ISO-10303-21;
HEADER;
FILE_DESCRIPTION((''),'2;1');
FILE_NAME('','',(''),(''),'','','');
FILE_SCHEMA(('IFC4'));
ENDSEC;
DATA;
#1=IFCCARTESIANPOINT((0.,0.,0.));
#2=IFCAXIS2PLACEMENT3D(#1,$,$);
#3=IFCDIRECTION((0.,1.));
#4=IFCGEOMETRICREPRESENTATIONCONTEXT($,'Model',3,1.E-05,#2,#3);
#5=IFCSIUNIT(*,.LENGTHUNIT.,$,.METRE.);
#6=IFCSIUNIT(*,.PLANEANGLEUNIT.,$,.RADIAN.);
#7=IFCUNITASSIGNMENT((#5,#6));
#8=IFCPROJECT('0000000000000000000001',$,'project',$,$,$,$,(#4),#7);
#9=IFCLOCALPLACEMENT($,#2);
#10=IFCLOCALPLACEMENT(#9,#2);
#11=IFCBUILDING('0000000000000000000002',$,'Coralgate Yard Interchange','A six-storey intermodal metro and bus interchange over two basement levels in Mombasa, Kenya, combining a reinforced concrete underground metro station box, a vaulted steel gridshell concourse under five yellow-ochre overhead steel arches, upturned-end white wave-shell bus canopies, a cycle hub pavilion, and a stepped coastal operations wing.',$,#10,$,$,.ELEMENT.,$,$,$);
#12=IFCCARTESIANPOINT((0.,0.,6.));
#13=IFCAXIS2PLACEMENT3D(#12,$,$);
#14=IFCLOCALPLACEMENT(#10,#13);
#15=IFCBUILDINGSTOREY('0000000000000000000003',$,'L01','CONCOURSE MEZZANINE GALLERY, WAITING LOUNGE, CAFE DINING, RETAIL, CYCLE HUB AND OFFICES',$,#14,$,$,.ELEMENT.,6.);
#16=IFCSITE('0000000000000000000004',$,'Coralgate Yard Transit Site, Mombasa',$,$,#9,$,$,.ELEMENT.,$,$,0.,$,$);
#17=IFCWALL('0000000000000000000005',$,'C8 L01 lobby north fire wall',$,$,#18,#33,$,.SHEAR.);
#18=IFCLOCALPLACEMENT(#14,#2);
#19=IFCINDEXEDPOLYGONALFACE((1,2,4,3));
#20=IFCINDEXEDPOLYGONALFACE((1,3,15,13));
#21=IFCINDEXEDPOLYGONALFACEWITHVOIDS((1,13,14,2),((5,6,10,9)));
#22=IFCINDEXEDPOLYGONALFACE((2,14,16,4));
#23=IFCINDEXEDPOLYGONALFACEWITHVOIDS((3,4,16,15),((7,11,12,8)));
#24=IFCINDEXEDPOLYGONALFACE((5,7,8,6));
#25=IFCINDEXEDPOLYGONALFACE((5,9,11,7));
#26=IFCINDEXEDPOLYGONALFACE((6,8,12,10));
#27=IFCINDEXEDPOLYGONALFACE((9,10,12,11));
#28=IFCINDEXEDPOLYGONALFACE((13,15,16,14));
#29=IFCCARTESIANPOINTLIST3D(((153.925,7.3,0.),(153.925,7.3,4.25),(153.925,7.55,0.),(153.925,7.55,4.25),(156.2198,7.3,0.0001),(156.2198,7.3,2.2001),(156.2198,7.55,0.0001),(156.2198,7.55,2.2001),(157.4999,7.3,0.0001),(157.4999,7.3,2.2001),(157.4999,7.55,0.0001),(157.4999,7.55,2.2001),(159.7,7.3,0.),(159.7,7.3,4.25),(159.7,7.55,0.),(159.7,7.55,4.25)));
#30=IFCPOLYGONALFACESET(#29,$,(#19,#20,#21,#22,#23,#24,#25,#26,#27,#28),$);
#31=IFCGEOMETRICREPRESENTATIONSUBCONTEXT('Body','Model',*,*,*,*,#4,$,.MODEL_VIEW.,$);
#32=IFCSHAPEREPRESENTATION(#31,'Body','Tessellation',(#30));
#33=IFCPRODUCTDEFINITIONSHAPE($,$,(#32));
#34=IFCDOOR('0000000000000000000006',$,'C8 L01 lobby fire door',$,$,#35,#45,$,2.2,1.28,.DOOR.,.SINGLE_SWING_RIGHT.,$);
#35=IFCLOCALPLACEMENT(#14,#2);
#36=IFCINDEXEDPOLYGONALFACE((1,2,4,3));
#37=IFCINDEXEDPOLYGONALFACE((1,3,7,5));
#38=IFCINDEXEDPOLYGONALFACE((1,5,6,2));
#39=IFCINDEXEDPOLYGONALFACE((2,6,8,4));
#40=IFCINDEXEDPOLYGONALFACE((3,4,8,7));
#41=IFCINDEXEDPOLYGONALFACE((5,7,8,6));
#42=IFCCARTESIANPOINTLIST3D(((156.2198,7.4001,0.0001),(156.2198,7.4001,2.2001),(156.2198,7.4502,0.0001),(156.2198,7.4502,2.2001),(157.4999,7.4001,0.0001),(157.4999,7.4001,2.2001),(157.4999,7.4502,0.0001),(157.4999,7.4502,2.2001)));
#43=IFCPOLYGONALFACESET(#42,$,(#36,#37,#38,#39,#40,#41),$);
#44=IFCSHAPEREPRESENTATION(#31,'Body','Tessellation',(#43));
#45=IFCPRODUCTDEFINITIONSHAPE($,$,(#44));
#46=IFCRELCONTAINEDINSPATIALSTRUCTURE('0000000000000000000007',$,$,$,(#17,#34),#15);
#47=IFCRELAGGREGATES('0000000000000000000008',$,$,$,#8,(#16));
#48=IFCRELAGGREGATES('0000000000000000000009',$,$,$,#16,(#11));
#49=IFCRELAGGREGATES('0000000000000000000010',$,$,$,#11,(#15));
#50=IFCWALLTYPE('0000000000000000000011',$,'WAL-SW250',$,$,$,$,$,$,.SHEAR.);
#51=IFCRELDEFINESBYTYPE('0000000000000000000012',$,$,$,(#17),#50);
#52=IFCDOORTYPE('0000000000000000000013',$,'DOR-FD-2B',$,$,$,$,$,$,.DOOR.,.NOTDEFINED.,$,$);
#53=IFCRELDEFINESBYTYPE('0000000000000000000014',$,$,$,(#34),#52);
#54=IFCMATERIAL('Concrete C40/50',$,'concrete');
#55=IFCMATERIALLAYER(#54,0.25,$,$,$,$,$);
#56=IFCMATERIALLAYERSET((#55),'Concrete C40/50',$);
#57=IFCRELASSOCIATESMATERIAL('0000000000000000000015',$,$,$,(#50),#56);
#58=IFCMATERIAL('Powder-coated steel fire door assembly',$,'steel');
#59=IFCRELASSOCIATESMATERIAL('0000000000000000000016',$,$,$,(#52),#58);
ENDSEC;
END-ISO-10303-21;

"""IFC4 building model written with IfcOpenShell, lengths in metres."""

from ifc_helpers import new_model, si_unit, direction, frame, frame_2d, origin, place, context, subcontext, project, spatial, rectangle, extrude, material, layer, layer_set, type_object, element, fill, save


model = new_model("IFC4")

# Units and contexts
model_context = context("Model", 3, precision=1e-05, world=origin(), true_north=direction((0.0, 1.0)))
body_context = subcontext(model_context, "Body", "Model", "MODEL_VIEW")
ifc_project = project(units=[si_unit("LENGTHUNIT", "METRE"), si_unit("PLANEANGLEUNIT", "RADIAN")], contexts=[model_context])

# Site, building, storey
site_placement = place(None, origin())
site = spatial("IfcSite", under=ifc_project, at=site_placement, Name="Coralgate Yard Transit Site, Mombasa", CompositionType="ELEMENT", RefElevation=0.0)
building_placement = place(site_placement, origin())
building = spatial("IfcBuilding", under=site, at=building_placement, Name="Coralgate Yard Interchange", Description="A six-storey intermodal metro and bus interchange over two basement levels in Mombasa, Kenya, combining a reinforced concrete underground metro station box, a vaulted steel gridshell concourse under five yellow-ochre overhead steel arches, upturned-end white wave-shell bus canopies, a cycle hub pavilion, and a stepped coastal operations wing.", CompositionType="ELEMENT")
storey_placement = place(building_placement, frame((0.0, 0.0, 6.0)))
storey = spatial("IfcBuildingStorey", under=building, at=storey_placement, Name="L01", Description="CONCOURSE MEZZANINE GALLERY, WAITING LOUNGE, CAFE DINING, RETAIL, CYCLE HUB AND OFFICES", CompositionType="ELEMENT", Elevation=6.0)

# Shared definitions
ifc_material_1 = material(Name="Concrete C40/50", Category="concrete")
ifc_material_2 = material(Name="Powder-coated steel fire door assembly", Category="steel")

# Wall, opening, door
ifc_layer_1 = layer(ifc_material_1, 0.25)
ifc_layer_set_1 = layer_set([ifc_layer_1], Name="Concrete C40/50")
wall_type_1 = type_object("IfcWallType", Name="WAL-SW250", PredefinedType="SHEAR", material=ifc_layer_set_1)
wall_1_placement = place(storey_placement, frame((159.7, 7.425, 0.0), z_axis=(0.0, 0.0, 1.0), x_axis=(-1.0, 0.0, 0.0)))
wall_1 = element("IfcWall", 1, at=wall_1_placement, inside=storey, type_object=wall_type_1, Name="C8 L01 lobby north fire wall", PredefinedType="SHEAR", context=body_context, shape_type="SweptSolid", body=[
    extrude(rectangle(XDim=5.7749, YDim=0.25, at=frame_2d((2.8875, 0.0))), origin(), (0.0, 0.0, 1.0), 4.25),
])
opening_1_placement = place(wall_1_placement, frame((2.2, 0.0, 0.0)))
opening_1 = element("IfcOpeningElement", 2, at=opening_1_placement, cuts=wall_1, PredefinedType="OPENING", context=body_context, shape_type="SweptSolid", body=[
    extrude(rectangle(XDim=1.28, YDim=2.2, at=frame_2d((0.6401, 1.1001))), frame((0.0, 0.135, 0.0), z_axis=(0.0, -1.0, 0.0), x_axis=(1.0, 0.0, 0.0)), (0.0, 0.0, 1.0), 0.27),
])
door_type_1 = type_object("IfcDoorType", Name="DOR-FD-2B", OperationType="NOTDEFINED", PredefinedType="DOOR", material=ifc_material_2)
door_1_placement = place(opening_1_placement, origin())
door_1 = element("IfcDoor", 3, at=door_1_placement, inside=storey, type_object=door_type_1, Name="C8 L01 lobby fire door", OperationType="SINGLE_SWING_RIGHT", OverallHeight=2.2, OverallWidth=1.28, PredefinedType="DOOR", context=body_context, shape_type="SweptSolid", body=[
    extrude(rectangle(XDim=1.28, YDim=2.2, at=frame_2d((0.6401, 1.1001))), frame((0.0, 0.0249, 0.0), z_axis=(0.0, -1.0, 0.0), x_axis=(1.0, 0.0, 0.0)), (0.0, 0.0, 1.0), 0.05),
])
fill(opening_1, door_1)

save(model, "model.ifc")
